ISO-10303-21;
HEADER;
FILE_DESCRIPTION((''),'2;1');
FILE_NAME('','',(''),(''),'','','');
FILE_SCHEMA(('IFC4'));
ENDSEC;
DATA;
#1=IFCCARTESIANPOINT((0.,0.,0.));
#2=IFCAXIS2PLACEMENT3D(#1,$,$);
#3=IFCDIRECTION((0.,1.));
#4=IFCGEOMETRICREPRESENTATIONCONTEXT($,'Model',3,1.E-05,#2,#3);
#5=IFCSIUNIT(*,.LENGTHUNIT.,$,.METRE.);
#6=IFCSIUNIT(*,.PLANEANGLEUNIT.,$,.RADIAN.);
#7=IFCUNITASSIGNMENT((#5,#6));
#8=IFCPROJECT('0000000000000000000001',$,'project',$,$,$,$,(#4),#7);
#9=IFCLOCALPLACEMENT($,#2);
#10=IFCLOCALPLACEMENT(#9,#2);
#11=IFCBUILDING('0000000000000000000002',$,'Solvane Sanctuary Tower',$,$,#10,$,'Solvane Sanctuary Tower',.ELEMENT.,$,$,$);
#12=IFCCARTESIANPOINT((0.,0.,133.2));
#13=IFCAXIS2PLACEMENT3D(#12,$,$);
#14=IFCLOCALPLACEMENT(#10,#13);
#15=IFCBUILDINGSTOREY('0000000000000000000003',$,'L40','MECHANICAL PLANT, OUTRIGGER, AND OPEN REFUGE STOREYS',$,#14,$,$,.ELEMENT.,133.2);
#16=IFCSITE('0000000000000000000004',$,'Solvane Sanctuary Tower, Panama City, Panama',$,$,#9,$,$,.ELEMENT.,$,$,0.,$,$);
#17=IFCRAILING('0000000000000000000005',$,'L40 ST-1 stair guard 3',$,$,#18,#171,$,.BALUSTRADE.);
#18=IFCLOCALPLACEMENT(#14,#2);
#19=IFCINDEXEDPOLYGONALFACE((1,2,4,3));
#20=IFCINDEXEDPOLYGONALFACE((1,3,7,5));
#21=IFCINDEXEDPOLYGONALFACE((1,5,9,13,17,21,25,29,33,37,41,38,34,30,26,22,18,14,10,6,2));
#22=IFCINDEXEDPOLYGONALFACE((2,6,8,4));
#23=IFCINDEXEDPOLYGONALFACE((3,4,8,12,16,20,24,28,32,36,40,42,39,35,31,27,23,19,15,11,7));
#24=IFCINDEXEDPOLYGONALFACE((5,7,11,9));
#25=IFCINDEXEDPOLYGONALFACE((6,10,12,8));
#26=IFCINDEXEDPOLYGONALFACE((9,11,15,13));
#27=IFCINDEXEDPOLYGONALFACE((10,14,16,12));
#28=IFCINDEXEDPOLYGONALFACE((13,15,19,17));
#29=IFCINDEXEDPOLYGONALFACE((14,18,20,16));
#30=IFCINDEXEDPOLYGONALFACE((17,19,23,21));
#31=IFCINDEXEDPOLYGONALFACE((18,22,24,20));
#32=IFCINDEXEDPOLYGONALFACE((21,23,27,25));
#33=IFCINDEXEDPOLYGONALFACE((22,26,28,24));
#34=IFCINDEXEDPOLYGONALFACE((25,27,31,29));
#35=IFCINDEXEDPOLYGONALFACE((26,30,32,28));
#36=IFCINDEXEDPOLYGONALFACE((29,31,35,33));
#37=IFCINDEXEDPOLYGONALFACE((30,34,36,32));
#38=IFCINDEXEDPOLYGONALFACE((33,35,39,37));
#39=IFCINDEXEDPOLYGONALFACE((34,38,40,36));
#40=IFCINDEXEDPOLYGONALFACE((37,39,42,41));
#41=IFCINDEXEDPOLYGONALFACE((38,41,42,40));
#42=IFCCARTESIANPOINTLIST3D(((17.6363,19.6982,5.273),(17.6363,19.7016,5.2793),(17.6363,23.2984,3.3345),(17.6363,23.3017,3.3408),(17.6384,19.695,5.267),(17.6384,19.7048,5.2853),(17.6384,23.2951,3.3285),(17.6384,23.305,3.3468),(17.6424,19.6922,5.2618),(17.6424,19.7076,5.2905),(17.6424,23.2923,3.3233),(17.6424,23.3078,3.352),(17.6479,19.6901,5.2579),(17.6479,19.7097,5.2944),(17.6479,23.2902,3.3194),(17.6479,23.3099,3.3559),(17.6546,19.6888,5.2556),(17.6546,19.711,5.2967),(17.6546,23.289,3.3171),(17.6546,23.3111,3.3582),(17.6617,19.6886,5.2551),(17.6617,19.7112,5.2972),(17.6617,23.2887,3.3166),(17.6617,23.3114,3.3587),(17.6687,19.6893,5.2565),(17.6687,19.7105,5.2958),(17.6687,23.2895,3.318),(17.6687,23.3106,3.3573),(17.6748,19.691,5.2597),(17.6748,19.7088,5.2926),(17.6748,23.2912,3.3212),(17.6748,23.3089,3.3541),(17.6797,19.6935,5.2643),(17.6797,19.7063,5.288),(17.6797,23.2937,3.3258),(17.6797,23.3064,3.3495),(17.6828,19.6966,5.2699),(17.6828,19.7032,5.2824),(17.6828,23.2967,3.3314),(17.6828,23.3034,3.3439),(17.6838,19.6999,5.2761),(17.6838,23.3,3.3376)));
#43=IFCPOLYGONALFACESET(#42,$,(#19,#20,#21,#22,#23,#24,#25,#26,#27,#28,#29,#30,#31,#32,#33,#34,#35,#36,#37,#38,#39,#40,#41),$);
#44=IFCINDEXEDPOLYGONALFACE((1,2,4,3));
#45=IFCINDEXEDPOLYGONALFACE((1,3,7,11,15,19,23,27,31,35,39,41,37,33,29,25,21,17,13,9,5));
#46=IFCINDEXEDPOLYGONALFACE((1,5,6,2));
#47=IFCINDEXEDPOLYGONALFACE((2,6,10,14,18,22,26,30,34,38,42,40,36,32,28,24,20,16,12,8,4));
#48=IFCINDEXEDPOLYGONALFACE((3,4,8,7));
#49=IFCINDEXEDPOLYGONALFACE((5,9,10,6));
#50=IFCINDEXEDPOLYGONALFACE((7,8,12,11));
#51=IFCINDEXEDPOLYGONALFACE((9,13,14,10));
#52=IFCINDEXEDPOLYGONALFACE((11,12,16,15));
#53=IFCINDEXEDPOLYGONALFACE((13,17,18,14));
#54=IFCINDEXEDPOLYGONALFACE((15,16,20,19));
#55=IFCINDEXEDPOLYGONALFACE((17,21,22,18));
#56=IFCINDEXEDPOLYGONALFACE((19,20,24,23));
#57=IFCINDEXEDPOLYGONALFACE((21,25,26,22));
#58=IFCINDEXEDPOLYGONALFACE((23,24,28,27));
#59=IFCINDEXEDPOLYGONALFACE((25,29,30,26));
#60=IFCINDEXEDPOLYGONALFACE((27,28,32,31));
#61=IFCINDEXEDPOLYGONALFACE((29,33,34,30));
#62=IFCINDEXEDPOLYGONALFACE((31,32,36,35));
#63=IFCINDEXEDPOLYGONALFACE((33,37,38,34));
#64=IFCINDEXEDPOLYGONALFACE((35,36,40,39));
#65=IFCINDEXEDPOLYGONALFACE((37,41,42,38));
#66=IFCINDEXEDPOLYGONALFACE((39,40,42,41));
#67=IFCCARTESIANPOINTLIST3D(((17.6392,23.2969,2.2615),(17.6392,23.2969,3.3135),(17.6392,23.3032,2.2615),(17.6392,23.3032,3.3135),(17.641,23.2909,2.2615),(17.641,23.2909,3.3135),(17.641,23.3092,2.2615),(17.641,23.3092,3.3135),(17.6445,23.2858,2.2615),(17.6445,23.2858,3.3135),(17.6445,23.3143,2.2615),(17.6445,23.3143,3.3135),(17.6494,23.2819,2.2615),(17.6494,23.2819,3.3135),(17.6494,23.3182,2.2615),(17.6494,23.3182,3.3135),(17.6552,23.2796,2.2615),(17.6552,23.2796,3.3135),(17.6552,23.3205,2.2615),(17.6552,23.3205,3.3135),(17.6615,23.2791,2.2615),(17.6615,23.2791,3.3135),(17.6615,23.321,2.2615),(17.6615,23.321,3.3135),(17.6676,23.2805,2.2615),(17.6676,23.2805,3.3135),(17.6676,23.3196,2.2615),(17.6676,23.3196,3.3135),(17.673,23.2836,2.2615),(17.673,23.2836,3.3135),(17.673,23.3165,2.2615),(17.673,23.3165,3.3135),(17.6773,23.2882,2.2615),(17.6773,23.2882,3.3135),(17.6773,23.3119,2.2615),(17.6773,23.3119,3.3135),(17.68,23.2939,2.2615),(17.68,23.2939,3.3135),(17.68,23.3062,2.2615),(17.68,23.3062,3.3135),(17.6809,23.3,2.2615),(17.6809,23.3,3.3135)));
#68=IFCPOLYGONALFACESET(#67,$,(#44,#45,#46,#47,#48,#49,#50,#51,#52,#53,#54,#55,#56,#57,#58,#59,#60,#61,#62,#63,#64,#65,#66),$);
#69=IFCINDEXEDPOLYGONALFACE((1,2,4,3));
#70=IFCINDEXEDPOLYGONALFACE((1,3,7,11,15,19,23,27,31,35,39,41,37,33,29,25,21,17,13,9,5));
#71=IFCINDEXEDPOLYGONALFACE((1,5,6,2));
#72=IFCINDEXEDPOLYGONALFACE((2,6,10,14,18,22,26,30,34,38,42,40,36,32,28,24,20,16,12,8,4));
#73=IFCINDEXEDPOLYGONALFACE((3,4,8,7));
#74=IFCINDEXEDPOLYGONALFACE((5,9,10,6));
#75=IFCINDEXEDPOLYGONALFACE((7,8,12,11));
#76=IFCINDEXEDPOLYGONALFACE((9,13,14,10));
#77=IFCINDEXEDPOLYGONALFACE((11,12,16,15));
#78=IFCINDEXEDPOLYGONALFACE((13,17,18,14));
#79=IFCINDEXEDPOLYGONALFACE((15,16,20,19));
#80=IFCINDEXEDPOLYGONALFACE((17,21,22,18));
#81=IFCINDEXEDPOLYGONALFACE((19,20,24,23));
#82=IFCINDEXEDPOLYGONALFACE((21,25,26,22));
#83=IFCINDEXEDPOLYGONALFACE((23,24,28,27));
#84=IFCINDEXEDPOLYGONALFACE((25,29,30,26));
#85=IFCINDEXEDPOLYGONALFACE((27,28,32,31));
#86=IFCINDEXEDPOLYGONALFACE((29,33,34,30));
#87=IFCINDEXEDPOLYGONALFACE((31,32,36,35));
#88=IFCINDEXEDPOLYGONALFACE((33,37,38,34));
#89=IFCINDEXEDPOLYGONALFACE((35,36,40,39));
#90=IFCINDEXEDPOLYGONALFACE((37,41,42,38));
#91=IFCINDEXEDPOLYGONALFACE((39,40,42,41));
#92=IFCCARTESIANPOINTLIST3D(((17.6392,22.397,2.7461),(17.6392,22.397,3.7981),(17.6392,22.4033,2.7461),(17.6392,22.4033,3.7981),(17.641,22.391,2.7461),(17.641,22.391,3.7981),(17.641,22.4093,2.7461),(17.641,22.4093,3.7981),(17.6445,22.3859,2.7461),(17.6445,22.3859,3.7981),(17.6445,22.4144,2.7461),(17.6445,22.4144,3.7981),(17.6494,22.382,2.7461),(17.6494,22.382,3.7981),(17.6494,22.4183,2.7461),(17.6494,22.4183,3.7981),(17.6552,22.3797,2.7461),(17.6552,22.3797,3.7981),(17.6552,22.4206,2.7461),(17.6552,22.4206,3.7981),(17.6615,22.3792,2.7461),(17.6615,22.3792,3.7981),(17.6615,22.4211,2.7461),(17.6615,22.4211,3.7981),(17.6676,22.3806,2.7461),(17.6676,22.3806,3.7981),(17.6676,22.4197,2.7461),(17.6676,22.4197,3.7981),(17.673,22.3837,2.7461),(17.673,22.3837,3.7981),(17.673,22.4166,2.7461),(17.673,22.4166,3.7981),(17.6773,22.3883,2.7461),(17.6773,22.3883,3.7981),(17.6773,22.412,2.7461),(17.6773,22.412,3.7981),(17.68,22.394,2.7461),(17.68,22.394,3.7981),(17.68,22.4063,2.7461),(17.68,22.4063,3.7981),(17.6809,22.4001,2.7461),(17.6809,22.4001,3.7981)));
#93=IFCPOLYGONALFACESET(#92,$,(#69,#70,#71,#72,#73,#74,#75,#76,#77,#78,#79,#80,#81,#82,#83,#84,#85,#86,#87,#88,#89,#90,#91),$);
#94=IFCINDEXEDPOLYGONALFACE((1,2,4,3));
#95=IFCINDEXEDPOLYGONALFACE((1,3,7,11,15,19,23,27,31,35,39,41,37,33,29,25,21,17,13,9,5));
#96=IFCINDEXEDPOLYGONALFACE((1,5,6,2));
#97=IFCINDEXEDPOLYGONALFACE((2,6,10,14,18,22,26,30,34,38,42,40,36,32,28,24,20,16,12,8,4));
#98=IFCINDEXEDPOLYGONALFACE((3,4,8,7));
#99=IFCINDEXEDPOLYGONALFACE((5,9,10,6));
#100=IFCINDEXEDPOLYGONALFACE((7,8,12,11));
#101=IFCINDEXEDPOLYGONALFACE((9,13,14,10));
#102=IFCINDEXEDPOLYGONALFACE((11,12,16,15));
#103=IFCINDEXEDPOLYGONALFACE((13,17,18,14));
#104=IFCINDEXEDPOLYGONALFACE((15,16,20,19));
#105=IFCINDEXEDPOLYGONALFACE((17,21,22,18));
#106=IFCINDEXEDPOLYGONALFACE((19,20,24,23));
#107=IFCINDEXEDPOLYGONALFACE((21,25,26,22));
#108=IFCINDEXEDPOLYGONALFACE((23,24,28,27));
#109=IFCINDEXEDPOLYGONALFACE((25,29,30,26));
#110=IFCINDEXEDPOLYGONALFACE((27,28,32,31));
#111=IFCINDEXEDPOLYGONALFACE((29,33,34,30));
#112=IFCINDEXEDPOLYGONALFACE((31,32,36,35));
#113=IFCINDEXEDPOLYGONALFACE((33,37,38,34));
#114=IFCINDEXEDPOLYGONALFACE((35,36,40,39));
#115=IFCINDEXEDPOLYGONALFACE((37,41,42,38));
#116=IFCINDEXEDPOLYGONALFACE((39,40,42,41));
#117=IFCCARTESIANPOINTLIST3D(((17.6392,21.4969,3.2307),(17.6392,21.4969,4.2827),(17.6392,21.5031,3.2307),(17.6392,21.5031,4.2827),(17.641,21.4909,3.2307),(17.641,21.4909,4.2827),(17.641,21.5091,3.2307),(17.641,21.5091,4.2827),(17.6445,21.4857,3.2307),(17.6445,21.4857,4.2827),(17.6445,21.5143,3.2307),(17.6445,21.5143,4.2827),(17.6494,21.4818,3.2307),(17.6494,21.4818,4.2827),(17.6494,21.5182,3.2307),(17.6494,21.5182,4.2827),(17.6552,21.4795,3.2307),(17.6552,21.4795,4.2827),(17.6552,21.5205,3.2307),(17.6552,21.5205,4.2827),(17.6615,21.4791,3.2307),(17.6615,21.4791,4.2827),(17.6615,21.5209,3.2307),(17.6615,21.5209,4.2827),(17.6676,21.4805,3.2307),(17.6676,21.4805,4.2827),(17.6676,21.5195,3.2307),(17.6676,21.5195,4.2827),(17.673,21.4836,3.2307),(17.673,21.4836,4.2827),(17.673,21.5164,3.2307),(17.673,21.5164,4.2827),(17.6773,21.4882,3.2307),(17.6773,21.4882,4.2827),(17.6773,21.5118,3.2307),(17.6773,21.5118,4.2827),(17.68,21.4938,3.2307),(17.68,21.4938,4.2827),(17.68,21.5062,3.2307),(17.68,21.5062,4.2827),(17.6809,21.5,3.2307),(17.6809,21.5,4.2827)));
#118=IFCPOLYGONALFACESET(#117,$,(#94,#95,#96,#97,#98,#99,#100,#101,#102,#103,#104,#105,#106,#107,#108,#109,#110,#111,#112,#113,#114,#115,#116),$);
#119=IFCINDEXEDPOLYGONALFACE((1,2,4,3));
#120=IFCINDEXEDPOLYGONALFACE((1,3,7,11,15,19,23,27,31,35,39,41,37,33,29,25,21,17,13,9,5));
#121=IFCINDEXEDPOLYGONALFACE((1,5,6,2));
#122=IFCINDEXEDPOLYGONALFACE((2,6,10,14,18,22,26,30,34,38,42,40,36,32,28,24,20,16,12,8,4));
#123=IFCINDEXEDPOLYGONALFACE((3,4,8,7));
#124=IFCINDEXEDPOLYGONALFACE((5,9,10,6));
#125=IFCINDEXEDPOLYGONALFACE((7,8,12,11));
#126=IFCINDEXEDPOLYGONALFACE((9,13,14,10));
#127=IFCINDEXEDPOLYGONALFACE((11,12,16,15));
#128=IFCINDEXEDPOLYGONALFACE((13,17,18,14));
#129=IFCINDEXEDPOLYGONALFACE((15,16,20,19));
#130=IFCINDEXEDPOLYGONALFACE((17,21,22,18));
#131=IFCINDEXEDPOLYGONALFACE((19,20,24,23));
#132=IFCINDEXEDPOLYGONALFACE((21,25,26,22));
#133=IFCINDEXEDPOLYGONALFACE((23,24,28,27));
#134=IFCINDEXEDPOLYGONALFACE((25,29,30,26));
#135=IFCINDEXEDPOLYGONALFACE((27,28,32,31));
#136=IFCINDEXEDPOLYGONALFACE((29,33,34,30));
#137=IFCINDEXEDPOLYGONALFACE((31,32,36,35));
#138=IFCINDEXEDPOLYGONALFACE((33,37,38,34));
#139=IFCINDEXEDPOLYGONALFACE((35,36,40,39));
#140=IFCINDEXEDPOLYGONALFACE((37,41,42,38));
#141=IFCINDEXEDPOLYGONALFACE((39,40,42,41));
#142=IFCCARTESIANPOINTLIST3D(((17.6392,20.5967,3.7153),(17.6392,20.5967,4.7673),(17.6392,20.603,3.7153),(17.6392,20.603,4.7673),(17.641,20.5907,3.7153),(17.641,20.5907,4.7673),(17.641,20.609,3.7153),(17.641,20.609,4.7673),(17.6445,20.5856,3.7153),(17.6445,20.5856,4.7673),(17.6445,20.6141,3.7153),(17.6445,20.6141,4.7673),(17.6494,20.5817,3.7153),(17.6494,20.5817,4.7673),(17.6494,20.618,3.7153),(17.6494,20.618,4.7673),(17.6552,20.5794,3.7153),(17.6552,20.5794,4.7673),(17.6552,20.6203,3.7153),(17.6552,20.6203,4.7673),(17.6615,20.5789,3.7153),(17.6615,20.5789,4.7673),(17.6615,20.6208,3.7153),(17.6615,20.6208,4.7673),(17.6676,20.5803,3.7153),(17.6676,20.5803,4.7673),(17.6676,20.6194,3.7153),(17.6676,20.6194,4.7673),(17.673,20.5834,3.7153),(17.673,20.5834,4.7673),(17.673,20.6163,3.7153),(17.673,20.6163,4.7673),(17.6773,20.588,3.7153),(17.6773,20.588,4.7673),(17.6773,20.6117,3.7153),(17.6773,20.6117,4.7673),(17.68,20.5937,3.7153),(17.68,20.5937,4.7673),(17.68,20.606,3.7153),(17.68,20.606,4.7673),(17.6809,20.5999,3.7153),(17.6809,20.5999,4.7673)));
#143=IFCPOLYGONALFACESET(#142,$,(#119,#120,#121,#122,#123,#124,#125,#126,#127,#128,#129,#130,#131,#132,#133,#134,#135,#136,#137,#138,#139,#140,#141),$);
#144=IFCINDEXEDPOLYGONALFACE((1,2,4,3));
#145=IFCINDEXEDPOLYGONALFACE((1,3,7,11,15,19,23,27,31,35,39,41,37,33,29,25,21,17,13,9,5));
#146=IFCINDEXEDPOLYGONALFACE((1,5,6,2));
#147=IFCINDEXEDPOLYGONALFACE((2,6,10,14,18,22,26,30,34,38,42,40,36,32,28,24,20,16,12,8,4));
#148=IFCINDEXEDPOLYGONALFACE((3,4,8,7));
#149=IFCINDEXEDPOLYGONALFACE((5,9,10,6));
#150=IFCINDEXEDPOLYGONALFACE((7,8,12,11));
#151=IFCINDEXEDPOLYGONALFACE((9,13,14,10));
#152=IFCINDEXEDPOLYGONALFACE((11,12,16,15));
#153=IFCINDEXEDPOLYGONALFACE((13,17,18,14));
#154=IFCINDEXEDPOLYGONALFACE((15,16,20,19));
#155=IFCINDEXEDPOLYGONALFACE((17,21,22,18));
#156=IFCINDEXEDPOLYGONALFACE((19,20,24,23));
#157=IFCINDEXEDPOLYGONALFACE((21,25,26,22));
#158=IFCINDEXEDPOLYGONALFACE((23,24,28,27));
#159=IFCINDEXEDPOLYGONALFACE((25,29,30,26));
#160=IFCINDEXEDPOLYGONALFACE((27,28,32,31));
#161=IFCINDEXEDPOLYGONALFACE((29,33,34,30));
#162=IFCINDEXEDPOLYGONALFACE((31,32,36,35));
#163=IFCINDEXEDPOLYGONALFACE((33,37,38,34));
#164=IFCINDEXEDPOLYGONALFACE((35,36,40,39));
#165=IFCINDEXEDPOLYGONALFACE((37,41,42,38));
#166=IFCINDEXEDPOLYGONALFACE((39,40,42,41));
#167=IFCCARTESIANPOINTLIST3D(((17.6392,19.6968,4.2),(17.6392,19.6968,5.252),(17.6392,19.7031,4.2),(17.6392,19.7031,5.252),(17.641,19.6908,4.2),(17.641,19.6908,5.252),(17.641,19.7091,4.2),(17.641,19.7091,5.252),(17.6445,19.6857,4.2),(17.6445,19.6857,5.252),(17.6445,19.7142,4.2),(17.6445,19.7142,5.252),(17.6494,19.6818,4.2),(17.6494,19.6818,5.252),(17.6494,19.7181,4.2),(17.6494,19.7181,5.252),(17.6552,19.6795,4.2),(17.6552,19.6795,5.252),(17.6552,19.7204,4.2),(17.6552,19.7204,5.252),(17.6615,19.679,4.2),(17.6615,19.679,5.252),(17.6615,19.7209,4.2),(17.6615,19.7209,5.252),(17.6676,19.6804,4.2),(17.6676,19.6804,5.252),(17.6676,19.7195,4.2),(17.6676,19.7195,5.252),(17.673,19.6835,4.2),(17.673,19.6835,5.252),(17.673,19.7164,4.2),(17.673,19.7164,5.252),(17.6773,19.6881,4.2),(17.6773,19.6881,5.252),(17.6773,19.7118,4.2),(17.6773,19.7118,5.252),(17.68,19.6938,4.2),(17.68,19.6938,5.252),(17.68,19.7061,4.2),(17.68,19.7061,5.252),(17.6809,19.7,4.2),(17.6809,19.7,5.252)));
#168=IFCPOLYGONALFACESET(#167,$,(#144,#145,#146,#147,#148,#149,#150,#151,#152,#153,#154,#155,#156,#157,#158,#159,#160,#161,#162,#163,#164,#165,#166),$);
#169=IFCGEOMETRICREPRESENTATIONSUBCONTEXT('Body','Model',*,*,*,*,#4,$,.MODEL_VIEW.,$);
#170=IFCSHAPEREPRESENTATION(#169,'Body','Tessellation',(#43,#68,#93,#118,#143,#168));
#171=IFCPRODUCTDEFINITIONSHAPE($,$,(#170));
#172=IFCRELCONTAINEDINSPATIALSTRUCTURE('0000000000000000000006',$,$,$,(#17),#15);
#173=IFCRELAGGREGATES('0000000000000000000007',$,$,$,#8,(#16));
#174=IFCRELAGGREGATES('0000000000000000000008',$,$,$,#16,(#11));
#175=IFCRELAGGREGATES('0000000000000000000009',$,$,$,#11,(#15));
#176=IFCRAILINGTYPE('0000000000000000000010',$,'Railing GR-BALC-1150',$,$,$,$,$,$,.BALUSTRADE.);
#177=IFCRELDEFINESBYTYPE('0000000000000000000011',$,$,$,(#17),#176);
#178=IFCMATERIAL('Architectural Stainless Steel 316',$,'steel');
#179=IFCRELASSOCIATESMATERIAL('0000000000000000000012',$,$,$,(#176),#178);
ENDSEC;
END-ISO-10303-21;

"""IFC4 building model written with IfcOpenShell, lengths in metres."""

from ifc_helpers import new_model, si_unit, direction, frame, origin, origin_2d, place, context, subcontext, project, spatial, circle, extrude, material, type_object, element, save


model = new_model("IFC4")

# Units and contexts
model_context = context("Model", 3, precision=1e-05, world=origin(), true_north=direction((0.0, 1.0)))
body_context = subcontext(model_context, "Body", "Model", "MODEL_VIEW")
ifc_project = project(units=[si_unit("LENGTHUNIT", "METRE"), si_unit("PLANEANGLEUNIT", "RADIAN")], contexts=[model_context])

# Site, building, storey
site_placement = place(None, origin())
site = spatial("IfcSite", under=ifc_project, at=site_placement, Name="Solvane Sanctuary Tower, Panama City, Panama", CompositionType="ELEMENT", RefElevation=0.0)
building_placement = place(site_placement, origin())
building = spatial("IfcBuilding", under=site, at=building_placement, Name="Solvane Sanctuary Tower", LongName="Solvane Sanctuary Tower", CompositionType="ELEMENT")
storey_placement = place(building_placement, frame((0.0, 0.0, 133.2)))
storey = spatial("IfcBuildingStorey", under=building, at=storey_placement, Name="L40", Description="MECHANICAL PLANT, OUTRIGGER, AND OPEN REFUGE STOREYS", CompositionType="ELEMENT", Elevation=133.2)

# Shared definitions
ifc_material_1 = material(Name="Architectural Stainless Steel 316", Category="steel")

# Railing
railing_type_1 = type_object("IfcRailingType", Name="Railing GR-BALC-1150", PredefinedType="BALUSTRADE", material=ifc_material_1)
railing_1_placement = place(storey_placement, frame((17.6599, 23.3, 2.2615)))
element("IfcRailing", 1, at=railing_1_placement, inside=storey, type_object=railing_type_1, Name="L40 ST-1 stair guard 3", PredefinedType="BALUSTRADE", context=body_context, shape_type="SweptSolid", body=[
    extrude(circle(Radius=0.0239, at=origin_2d()), frame((0.0, 0.0, 1.0762), z_axis=(0.0, -0.880475, 0.474093), x_axis=(1.0, 0.0, 0.0)), (0.0, 0.0, 1.0), 4.0889),
    extrude(circle(Radius=0.021, at=origin_2d()), origin(), (0.0, 0.0, 1.0), 1.052),
    extrude(circle(Radius=0.021, at=origin_2d()), frame((0.0, -0.8999, 0.4846)), (0.0, 0.0, 1.0), 1.052),
    extrude(circle(Radius=0.021, at=origin_2d()), frame((0.0, -1.8, 0.9692)), (0.0, 0.0, 1.0), 1.052),
    extrude(circle(Radius=0.021, at=origin_2d()), frame((0.0, -2.7002, 1.4539)), (0.0, 0.0, 1.0), 1.052),
    extrude(circle(Radius=0.021, at=origin_2d()), frame((0.0, -3.6001, 1.9385)), (0.0, 0.0, 1.0), 1.052),
])

save(model, "model.ifc")
